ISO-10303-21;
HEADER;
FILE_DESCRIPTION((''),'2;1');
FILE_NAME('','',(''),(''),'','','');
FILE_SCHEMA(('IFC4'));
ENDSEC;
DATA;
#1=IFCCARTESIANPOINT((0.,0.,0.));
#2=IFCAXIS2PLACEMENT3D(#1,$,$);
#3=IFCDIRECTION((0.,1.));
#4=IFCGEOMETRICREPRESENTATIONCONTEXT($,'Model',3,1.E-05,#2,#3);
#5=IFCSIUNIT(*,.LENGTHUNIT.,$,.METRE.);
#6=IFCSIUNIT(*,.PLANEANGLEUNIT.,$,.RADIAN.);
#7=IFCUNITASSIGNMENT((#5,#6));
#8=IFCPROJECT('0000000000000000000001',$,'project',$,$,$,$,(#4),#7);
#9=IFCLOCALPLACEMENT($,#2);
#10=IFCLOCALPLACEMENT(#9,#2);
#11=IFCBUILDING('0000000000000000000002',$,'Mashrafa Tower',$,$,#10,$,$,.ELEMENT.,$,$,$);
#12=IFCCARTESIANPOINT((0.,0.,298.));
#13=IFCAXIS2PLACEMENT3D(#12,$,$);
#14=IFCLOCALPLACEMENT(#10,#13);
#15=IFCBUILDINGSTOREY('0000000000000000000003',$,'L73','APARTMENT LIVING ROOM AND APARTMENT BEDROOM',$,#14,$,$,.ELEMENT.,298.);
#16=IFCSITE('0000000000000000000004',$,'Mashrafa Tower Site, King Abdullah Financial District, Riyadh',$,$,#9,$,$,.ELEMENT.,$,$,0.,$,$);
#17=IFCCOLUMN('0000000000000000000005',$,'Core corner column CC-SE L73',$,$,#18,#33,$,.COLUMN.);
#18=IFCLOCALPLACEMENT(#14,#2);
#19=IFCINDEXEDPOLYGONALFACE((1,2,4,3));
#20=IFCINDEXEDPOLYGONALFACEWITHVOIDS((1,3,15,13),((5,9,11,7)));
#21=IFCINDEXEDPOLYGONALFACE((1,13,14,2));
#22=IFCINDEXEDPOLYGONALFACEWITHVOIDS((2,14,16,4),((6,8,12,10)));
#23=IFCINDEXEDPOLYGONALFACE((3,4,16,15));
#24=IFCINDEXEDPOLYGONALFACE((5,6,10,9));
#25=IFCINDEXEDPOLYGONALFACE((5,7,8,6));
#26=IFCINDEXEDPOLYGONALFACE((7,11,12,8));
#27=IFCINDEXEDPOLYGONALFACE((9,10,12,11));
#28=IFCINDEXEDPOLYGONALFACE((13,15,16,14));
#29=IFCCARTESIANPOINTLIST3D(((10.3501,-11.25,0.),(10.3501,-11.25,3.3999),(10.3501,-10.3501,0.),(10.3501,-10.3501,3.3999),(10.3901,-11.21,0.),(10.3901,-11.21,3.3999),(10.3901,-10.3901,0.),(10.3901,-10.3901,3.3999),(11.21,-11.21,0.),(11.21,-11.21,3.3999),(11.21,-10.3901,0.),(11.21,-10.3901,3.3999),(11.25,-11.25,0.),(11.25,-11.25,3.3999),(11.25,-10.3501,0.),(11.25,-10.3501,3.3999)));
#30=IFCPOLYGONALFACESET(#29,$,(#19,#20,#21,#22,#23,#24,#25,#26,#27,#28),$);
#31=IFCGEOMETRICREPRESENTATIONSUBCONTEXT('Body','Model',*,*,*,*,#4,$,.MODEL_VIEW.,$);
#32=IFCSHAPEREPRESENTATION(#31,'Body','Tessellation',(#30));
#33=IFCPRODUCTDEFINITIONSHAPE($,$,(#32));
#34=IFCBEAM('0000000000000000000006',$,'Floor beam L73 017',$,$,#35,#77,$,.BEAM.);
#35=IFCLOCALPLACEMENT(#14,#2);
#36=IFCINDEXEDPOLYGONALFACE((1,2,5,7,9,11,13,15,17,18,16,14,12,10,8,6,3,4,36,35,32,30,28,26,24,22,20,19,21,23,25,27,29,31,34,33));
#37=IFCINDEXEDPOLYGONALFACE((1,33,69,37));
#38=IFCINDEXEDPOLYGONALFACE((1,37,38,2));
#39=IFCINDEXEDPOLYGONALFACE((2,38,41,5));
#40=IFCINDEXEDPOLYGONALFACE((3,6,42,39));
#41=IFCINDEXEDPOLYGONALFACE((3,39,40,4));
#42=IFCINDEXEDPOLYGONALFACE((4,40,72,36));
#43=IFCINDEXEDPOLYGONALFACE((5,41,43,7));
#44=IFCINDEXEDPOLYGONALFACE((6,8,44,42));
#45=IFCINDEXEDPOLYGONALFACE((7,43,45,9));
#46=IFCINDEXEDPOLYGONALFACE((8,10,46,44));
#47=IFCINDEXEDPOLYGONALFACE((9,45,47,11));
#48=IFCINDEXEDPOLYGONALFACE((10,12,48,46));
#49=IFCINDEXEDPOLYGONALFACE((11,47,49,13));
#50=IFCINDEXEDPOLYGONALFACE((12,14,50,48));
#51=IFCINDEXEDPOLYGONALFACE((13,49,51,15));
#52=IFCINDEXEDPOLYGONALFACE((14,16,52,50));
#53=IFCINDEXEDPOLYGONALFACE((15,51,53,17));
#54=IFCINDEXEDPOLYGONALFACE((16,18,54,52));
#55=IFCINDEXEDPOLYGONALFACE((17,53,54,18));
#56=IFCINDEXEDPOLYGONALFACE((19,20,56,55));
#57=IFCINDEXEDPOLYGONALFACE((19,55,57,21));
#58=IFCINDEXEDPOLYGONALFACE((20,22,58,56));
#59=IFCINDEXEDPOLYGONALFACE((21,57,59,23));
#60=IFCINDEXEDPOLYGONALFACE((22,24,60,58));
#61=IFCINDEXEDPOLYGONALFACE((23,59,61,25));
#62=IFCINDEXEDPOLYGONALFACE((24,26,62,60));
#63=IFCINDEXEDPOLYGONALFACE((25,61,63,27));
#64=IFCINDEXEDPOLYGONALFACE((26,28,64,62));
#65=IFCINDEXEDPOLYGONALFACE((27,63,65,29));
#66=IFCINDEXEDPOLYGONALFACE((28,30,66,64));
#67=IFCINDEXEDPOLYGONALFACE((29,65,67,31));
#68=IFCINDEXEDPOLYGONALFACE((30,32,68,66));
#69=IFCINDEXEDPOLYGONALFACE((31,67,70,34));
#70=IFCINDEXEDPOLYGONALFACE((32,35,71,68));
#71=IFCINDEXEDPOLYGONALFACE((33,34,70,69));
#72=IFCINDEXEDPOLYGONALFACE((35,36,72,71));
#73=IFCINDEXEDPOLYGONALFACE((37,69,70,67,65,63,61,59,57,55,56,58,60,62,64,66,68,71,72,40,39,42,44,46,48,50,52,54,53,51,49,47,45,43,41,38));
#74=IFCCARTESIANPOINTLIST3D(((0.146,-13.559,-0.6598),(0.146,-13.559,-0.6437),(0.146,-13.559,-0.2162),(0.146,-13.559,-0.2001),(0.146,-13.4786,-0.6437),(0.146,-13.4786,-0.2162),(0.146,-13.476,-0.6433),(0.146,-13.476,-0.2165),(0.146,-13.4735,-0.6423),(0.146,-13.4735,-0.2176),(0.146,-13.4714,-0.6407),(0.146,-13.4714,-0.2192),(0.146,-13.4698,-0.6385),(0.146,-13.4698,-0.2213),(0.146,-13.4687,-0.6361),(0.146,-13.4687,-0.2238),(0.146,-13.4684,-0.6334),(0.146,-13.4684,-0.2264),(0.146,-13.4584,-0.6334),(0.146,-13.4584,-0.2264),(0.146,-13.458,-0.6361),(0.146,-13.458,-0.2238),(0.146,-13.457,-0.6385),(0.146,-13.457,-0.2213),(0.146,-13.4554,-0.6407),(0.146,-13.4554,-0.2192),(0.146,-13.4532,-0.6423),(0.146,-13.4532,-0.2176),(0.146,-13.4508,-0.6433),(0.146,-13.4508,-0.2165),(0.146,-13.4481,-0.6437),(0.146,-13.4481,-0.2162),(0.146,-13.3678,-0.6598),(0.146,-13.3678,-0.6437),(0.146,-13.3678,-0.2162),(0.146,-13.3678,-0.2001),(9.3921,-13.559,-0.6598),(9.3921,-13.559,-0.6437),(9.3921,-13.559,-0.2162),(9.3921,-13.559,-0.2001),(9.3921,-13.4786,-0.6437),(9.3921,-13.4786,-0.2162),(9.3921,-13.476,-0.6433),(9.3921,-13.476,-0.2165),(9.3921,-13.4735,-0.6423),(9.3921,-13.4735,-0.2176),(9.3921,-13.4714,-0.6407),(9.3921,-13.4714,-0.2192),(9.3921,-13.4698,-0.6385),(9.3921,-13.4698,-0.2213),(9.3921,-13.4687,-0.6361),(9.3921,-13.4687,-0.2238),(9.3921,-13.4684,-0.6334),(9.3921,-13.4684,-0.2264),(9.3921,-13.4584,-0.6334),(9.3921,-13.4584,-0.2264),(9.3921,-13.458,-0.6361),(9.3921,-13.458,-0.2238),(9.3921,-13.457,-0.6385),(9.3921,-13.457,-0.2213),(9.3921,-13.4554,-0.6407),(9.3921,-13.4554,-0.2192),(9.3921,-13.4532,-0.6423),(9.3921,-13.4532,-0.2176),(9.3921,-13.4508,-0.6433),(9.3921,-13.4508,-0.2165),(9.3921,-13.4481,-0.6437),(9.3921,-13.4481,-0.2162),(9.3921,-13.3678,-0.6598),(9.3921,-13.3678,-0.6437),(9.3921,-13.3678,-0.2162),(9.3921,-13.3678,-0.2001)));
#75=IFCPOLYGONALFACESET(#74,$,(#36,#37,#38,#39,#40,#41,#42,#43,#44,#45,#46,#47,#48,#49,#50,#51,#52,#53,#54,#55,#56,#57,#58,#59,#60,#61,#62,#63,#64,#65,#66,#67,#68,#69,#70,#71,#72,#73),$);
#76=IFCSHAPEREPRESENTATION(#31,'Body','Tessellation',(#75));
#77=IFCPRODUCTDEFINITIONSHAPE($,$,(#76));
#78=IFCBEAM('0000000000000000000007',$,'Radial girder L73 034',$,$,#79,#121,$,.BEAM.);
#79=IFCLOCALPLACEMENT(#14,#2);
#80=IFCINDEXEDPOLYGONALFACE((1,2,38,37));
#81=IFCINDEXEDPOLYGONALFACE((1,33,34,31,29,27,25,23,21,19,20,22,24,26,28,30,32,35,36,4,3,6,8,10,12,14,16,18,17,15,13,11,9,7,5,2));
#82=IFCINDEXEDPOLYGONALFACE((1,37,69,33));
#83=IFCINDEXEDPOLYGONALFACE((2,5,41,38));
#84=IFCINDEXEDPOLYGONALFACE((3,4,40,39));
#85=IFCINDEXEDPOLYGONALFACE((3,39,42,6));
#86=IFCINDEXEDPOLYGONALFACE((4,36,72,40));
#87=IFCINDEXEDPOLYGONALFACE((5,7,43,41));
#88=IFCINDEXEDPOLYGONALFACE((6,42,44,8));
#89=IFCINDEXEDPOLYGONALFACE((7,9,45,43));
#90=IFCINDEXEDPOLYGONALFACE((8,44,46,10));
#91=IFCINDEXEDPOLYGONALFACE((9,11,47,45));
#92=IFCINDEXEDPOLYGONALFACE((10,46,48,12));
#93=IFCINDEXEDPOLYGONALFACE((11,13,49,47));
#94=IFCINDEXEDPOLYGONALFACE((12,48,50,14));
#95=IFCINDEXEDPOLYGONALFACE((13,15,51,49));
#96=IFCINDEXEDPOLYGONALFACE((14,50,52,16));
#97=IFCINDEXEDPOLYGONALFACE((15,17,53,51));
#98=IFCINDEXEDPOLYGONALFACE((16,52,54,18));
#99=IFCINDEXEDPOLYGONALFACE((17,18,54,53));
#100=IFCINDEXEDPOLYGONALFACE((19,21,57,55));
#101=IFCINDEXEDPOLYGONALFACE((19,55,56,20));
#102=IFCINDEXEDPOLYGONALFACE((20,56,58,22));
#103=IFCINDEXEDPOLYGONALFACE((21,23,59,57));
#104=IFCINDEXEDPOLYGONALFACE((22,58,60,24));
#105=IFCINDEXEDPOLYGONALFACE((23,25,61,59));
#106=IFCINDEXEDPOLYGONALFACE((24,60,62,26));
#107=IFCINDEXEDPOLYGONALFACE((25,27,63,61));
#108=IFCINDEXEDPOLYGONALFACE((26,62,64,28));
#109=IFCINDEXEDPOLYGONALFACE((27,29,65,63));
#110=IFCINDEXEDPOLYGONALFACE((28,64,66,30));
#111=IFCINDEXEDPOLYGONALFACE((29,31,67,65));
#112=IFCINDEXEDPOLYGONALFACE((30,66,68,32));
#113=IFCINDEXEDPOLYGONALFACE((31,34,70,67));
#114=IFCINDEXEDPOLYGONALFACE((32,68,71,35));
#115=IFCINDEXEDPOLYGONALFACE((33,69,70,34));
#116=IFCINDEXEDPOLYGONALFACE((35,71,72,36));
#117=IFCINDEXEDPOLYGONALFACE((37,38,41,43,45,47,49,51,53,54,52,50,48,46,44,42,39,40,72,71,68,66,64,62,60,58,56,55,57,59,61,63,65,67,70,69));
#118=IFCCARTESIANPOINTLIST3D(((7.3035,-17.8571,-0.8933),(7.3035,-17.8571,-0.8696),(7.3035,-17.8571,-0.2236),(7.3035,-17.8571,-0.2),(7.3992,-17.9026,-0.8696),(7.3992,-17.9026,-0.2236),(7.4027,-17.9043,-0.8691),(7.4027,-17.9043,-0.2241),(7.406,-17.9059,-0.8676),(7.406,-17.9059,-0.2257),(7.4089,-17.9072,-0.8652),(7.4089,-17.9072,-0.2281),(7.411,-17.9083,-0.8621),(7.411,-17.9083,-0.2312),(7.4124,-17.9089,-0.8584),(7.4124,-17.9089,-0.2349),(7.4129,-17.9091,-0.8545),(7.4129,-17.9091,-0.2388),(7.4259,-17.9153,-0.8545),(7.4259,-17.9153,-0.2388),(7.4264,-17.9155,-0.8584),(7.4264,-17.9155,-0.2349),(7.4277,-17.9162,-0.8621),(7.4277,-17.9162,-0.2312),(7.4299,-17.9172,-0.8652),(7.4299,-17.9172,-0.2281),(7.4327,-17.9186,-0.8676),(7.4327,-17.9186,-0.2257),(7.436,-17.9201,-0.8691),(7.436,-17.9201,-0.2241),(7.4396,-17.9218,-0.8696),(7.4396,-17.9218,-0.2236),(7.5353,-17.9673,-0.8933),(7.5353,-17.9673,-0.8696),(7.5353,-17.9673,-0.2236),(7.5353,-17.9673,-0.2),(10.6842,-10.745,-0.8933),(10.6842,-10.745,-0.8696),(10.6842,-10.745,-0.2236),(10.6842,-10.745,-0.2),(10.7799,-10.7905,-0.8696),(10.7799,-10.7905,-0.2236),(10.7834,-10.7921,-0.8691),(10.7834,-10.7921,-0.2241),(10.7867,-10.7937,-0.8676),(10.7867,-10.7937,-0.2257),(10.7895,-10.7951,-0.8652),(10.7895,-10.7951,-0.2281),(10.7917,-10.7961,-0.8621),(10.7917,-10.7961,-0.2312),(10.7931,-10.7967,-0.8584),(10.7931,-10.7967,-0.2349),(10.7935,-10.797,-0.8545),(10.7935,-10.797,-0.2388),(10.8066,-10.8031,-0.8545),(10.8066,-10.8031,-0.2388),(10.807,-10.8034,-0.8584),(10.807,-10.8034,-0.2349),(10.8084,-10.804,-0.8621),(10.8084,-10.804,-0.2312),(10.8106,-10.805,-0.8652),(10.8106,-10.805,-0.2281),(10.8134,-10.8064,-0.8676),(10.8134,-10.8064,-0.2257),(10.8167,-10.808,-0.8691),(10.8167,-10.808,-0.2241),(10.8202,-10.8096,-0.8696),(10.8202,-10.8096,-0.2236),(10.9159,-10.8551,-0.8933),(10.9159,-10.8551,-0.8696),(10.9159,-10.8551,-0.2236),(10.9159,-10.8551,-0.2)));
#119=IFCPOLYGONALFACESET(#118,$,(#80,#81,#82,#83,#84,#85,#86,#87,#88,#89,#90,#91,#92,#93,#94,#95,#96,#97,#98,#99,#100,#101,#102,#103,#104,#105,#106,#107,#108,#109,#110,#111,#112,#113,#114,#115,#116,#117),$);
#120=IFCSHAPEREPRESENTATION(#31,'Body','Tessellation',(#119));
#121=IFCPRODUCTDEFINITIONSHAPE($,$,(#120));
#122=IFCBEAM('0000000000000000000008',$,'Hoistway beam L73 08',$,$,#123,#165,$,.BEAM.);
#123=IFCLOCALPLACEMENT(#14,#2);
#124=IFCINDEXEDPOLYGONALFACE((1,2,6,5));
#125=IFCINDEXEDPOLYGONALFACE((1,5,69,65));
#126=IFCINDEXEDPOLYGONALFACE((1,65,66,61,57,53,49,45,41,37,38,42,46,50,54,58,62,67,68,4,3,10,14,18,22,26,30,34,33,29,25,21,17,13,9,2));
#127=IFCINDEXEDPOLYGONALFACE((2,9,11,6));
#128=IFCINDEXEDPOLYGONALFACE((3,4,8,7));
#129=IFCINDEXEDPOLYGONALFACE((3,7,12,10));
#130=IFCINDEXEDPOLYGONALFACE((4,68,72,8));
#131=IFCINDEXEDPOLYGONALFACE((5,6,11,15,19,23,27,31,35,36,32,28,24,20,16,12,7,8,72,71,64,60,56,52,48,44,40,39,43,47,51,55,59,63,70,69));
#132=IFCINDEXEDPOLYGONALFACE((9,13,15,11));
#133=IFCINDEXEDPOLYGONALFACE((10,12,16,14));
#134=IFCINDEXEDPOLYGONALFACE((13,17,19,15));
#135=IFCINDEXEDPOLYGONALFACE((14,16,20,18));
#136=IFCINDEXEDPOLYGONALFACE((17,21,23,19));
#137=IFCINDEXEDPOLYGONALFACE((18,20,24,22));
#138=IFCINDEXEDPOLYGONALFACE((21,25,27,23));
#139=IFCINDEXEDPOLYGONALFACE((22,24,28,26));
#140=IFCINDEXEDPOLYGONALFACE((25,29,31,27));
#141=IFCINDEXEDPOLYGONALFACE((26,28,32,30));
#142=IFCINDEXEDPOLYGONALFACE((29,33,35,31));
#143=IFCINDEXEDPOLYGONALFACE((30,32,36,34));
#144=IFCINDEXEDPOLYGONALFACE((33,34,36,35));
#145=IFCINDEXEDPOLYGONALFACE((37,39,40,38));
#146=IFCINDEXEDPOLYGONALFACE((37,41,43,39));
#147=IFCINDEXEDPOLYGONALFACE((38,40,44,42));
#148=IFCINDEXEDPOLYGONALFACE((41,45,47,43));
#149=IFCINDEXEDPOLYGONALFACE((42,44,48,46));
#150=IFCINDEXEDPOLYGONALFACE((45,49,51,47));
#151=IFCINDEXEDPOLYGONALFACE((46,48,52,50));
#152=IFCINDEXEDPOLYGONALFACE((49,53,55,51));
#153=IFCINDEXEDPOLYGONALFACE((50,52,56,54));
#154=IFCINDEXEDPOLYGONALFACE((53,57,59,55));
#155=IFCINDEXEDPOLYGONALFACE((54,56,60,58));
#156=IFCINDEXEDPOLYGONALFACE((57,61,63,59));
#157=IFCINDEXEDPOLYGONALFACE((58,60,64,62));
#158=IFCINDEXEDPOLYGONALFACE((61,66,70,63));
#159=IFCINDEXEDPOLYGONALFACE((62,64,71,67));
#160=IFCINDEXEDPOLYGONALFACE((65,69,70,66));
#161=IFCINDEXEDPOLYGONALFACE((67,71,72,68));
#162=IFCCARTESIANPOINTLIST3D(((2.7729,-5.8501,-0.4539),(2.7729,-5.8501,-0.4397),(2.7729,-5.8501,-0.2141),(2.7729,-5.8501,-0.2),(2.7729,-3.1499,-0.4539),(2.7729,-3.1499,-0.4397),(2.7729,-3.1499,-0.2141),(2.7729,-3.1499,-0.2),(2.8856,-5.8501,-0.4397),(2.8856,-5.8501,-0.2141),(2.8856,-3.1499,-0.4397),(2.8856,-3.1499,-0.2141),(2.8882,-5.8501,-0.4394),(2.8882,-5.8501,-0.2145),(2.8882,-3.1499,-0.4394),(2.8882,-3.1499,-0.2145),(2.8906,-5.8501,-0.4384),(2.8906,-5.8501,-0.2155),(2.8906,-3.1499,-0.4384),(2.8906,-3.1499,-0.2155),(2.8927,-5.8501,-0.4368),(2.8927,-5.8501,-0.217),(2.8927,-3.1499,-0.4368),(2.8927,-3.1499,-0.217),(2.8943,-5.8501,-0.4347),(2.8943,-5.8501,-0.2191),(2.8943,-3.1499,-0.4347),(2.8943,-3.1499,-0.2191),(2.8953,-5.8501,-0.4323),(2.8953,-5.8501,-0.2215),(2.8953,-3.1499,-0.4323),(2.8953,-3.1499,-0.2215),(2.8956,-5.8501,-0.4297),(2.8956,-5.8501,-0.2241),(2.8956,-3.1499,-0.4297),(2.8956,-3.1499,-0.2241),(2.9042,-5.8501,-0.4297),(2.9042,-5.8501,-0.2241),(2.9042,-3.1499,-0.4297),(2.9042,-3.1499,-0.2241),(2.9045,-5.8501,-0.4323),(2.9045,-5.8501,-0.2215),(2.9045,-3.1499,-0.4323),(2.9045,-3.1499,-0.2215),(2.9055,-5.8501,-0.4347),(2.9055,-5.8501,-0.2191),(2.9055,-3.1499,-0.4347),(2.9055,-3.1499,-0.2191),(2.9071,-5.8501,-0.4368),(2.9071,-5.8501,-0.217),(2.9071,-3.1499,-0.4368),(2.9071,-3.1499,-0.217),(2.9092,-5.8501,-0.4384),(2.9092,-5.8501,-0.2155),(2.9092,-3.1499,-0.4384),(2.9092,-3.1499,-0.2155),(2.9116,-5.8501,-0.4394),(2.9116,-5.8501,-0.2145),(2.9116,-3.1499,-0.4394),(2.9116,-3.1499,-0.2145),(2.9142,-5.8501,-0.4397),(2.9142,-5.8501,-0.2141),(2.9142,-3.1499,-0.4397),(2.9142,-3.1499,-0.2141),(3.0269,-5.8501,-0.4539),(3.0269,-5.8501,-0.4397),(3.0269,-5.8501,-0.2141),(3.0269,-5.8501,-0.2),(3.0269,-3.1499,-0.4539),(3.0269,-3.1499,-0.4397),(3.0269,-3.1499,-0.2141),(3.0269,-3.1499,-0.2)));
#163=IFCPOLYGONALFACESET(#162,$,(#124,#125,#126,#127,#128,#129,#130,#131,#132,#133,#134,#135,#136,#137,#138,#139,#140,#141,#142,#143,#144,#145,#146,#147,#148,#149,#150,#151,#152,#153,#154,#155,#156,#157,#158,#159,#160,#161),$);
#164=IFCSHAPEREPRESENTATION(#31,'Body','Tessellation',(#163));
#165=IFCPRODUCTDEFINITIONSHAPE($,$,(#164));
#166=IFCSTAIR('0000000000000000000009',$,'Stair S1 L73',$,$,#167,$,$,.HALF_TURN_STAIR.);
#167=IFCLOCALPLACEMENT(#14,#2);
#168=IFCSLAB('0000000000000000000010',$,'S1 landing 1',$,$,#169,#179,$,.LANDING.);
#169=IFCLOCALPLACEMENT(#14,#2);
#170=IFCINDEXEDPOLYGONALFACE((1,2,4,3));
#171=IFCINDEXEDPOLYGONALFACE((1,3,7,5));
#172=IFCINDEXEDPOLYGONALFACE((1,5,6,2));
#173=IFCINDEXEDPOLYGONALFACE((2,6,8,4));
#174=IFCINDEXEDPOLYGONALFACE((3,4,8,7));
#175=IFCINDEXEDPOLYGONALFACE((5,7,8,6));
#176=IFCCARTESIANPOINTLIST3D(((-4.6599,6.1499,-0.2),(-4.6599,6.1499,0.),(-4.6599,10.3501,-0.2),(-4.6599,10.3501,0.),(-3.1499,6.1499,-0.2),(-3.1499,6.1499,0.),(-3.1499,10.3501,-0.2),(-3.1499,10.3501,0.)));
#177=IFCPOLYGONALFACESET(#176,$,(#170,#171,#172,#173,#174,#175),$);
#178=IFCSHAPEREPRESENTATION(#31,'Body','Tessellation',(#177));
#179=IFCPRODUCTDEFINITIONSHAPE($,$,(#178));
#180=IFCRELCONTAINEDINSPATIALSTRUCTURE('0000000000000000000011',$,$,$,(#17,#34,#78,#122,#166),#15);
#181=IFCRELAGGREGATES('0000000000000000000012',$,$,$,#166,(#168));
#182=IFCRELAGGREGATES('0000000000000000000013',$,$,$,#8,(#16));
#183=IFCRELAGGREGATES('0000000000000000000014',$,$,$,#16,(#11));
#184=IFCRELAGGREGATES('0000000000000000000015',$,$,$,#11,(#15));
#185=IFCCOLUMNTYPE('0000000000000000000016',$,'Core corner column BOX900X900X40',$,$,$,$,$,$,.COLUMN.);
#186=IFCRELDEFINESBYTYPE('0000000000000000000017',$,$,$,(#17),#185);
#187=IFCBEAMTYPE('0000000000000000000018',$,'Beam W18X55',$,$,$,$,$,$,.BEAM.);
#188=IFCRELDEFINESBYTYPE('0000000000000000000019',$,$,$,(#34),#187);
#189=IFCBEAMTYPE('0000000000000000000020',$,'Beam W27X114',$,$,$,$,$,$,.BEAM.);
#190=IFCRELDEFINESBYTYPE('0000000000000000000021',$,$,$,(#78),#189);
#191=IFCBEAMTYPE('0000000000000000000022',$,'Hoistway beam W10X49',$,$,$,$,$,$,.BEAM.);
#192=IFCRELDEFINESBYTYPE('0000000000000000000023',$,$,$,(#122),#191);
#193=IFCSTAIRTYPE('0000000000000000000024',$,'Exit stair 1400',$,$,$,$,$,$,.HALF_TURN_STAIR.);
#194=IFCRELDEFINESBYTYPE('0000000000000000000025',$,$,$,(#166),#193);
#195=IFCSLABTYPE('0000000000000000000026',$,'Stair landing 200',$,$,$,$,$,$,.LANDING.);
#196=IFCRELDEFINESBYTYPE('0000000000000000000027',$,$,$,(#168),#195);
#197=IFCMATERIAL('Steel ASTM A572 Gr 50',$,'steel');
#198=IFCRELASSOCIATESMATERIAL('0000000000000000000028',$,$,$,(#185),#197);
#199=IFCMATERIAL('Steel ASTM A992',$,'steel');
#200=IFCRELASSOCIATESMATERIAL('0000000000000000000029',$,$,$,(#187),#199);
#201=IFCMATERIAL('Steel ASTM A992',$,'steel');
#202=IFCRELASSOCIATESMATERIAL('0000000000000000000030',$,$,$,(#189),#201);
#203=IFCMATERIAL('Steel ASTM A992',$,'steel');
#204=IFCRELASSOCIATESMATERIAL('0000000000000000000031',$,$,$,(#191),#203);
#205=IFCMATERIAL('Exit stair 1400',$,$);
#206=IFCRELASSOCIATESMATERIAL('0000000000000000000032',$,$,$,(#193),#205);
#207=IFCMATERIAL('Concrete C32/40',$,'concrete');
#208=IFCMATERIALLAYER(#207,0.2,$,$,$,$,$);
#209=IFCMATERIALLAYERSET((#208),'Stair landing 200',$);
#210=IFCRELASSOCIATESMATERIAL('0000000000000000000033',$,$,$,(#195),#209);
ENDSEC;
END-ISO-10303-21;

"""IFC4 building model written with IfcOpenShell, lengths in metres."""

from ifc_helpers import new_model, si_unit, direction, frame, origin, origin_2d, place, context, subcontext, project, spatial, polyline, hollow_rectangle, i_section, outline, extrude, material, layer, layer_set, material_profile, profile_set, type_object, element, aggregate, save


model = new_model("IFC4")

# Units and contexts
model_context = context("Model", 3, precision=1e-05, world=origin(), true_north=direction((0.0, 1.0)))
body_context = subcontext(model_context, "Body", "Model", "MODEL_VIEW")
ifc_project = project(units=[si_unit("LENGTHUNIT", "METRE"), si_unit("PLANEANGLEUNIT", "RADIAN")], contexts=[model_context])

# Site, building, storey
site_placement = place(None, origin())
site = spatial("IfcSite", under=ifc_project, at=site_placement, Name="Mashrafa Tower Site, King Abdullah Financial District, Riyadh", CompositionType="ELEMENT", RefElevation=0.0)
building_placement = place(site_placement, origin())
building = spatial("IfcBuilding", under=site, at=building_placement, Name="Mashrafa Tower", CompositionType="ELEMENT")
storey_placement = place(building_placement, frame((0.0, 0.0, 298.0)))
storey = spatial("IfcBuildingStorey", under=building, at=storey_placement, Name="L73", Description="APARTMENT LIVING ROOM AND APARTMENT BEDROOM", CompositionType="ELEMENT", Elevation=298.0)

# Column
ifc_material_1 = material(Name="Steel ASTM A572 Gr 50", Category="steel")
ifc_material_profile_1 = material_profile(ifc_material_1, hollow_rectangle(XDim=0.8999, YDim=0.8999, WallThickness=0.04, at=origin_2d()), Name="BOX900X900X40")
ifc_profile_set_1 = profile_set([ifc_material_profile_1], Name="Steel ASTM A572 Gr 50")
column_type = type_object("IfcColumnType", Name="Core corner column BOX900X900X40", PredefinedType="COLUMN", material=ifc_profile_set_1)
column_placement = place(storey_placement, frame((10.8, -10.8, 0.0), z_axis=(0.0, 0.0, 1.0), x_axis=(1.0, 0.0, 0.0)))
element("IfcColumn", 1, at=column_placement, inside=storey, type_object=column_type, Name="Core corner column CC-SE L73", PredefinedType="COLUMN", context=body_context, shape_type="SweptSolid", body=[
    extrude(hollow_rectangle(XDim=0.8999, YDim=0.8999, WallThickness=0.04, at=origin_2d()), origin(), (0.0, 0.0, 1.0), 3.3999),
])

# Beams
ifc_material_2 = material(Name="Steel ASTM A992", Category="steel")
ifc_material_profile_2 = material_profile(ifc_material_2, i_section(OverallWidth=0.1912, OverallDepth=0.4597, WebThickness=0.01, FlangeThickness=0.0161, FilletRadius=0.0103, at=origin_2d()), Name="W18X55")
ifc_profile_set_2 = profile_set([ifc_material_profile_2], Name="Steel ASTM A992")
beam_type_1 = type_object("IfcBeamType", Name="Beam W18X55", PredefinedType="BEAM", material=ifc_profile_set_2)
beam_1_placement = place(storey_placement, frame((9.3921, -13.4634, -0.4299), z_axis=(-1.0, 0.0, 0.0), x_axis=(0.0, -1.0, 0.0)))
element("IfcBeam", 2, at=beam_1_placement, inside=storey, type_object=beam_type_1, Name="Floor beam L73 017", PredefinedType="BEAM", context=body_context, shape_type="SweptSolid", body=[
    extrude(i_section(OverallWidth=0.1912, OverallDepth=0.4597, WebThickness=0.01, FlangeThickness=0.0161, FilletRadius=0.0103, at=origin_2d()), origin(), (0.0, 0.0, 1.0), 9.2461),
])
ifc_material_3 = material(Name="Steel ASTM A992", Category="steel")
ifc_material_profile_3 = material_profile(ifc_material_3, i_section(OverallWidth=0.2566, OverallDepth=0.6934, WebThickness=0.0144, FlangeThickness=0.0237, FilletRadius=0.0151, at=origin_2d()), Name="W27X114")
ifc_profile_set_3 = profile_set([ifc_material_profile_3], Name="Steel ASTM A992")
beam_type_2 = type_object("IfcBeamType", Name="Beam W27X114", PredefinedType="BEAM", material=ifc_profile_set_3)
beam_2_placement = place(storey_placement, frame((10.8, -10.8, -0.5466), z_axis=(-0.429304, -0.90316, 0.0), x_axis=(0.90316, -0.429304, 0.0)))
element("IfcBeam", 3, at=beam_2_placement, inside=storey, type_object=beam_type_2, Name="Radial girder L73 034", PredefinedType="BEAM", context=body_context, shape_type="SweptSolid", body=[
    extrude(i_section(OverallWidth=0.2566, OverallDepth=0.6934, WebThickness=0.0144, FlangeThickness=0.0237, FilletRadius=0.0151, at=origin_2d()), origin(), (0.0, 0.0, 1.0), 7.8748),
])
ifc_material_4 = material(Name="Steel ASTM A992", Category="steel")
ifc_material_profile_4 = material_profile(ifc_material_4, i_section(OverallWidth=0.2539, OverallDepth=0.2539, WebThickness=0.0085, FlangeThickness=0.0142, FilletRadius=0.01, at=origin_2d()), Name="W10X49")
ifc_profile_set_4 = profile_set([ifc_material_profile_4], Name="Steel ASTM A992")
beam_type_3 = type_object("IfcBeamType", Name="Hoistway beam W10X49", PredefinedType="BEAM", material=ifc_profile_set_4)
beam_3_placement = place(storey_placement, frame((2.8999, -5.8501, -0.3269), z_axis=(0.0, 1.0, 0.0), x_axis=(-1.0, 0.0, 0.0)))
element("IfcBeam", 4, at=beam_3_placement, inside=storey, type_object=beam_type_3, Name="Hoistway beam L73 08", PredefinedType="BEAM", context=body_context, shape_type="SweptSolid", body=[
    extrude(i_section(OverallWidth=0.2539, OverallDepth=0.2539, WebThickness=0.0085, FlangeThickness=0.0142, FilletRadius=0.01, at=origin_2d()), origin(), (0.0, 0.0, 1.0), 2.7002),
])

# Stair, slab
ifc_material_5 = material(Name="Exit stair 1400")
stair_type = type_object("IfcStairType", Name="Exit stair 1400", PredefinedType="HALF_TURN_STAIR", material=ifc_material_5)
stair_1_placement = place(storey_placement, origin())
stair_1 = element("IfcStair", 5, at=stair_1_placement, inside=storey, type_object=stair_type, Name="Stair S1 L73", PredefinedType="HALF_TURN_STAIR")
ifc_material_6 = material(Name="Concrete C32/40", Category="concrete")
ifc_layer_1 = layer(ifc_material_6, 0.2)
ifc_layer_set_1 = layer_set([ifc_layer_1], Name="Stair landing 200")
slab_type = type_object("IfcSlabType", Name="Stair landing 200", PredefinedType="LANDING", material=ifc_layer_set_1)
slab_1_placement = place(storey_placement, frame((0.0, 0.0, -0.2)))
slab_1 = element("IfcSlab", 6, at=slab_1_placement, type_object=slab_type, Name="S1 landing 1", PredefinedType="LANDING", context=body_context, shape_type="SweptSolid", body=[
    extrude(outline(polyline([(-4.6599, 6.1499), (-3.1499, 6.1499), (-3.1499, 10.3501), (-4.6599, 10.3501), (-4.6599, 6.1499)])), origin(), (0.0, 0.0, 1.0), 0.2),
])
aggregate(stair_1, [slab_1])

save(model, "model.ifc")
